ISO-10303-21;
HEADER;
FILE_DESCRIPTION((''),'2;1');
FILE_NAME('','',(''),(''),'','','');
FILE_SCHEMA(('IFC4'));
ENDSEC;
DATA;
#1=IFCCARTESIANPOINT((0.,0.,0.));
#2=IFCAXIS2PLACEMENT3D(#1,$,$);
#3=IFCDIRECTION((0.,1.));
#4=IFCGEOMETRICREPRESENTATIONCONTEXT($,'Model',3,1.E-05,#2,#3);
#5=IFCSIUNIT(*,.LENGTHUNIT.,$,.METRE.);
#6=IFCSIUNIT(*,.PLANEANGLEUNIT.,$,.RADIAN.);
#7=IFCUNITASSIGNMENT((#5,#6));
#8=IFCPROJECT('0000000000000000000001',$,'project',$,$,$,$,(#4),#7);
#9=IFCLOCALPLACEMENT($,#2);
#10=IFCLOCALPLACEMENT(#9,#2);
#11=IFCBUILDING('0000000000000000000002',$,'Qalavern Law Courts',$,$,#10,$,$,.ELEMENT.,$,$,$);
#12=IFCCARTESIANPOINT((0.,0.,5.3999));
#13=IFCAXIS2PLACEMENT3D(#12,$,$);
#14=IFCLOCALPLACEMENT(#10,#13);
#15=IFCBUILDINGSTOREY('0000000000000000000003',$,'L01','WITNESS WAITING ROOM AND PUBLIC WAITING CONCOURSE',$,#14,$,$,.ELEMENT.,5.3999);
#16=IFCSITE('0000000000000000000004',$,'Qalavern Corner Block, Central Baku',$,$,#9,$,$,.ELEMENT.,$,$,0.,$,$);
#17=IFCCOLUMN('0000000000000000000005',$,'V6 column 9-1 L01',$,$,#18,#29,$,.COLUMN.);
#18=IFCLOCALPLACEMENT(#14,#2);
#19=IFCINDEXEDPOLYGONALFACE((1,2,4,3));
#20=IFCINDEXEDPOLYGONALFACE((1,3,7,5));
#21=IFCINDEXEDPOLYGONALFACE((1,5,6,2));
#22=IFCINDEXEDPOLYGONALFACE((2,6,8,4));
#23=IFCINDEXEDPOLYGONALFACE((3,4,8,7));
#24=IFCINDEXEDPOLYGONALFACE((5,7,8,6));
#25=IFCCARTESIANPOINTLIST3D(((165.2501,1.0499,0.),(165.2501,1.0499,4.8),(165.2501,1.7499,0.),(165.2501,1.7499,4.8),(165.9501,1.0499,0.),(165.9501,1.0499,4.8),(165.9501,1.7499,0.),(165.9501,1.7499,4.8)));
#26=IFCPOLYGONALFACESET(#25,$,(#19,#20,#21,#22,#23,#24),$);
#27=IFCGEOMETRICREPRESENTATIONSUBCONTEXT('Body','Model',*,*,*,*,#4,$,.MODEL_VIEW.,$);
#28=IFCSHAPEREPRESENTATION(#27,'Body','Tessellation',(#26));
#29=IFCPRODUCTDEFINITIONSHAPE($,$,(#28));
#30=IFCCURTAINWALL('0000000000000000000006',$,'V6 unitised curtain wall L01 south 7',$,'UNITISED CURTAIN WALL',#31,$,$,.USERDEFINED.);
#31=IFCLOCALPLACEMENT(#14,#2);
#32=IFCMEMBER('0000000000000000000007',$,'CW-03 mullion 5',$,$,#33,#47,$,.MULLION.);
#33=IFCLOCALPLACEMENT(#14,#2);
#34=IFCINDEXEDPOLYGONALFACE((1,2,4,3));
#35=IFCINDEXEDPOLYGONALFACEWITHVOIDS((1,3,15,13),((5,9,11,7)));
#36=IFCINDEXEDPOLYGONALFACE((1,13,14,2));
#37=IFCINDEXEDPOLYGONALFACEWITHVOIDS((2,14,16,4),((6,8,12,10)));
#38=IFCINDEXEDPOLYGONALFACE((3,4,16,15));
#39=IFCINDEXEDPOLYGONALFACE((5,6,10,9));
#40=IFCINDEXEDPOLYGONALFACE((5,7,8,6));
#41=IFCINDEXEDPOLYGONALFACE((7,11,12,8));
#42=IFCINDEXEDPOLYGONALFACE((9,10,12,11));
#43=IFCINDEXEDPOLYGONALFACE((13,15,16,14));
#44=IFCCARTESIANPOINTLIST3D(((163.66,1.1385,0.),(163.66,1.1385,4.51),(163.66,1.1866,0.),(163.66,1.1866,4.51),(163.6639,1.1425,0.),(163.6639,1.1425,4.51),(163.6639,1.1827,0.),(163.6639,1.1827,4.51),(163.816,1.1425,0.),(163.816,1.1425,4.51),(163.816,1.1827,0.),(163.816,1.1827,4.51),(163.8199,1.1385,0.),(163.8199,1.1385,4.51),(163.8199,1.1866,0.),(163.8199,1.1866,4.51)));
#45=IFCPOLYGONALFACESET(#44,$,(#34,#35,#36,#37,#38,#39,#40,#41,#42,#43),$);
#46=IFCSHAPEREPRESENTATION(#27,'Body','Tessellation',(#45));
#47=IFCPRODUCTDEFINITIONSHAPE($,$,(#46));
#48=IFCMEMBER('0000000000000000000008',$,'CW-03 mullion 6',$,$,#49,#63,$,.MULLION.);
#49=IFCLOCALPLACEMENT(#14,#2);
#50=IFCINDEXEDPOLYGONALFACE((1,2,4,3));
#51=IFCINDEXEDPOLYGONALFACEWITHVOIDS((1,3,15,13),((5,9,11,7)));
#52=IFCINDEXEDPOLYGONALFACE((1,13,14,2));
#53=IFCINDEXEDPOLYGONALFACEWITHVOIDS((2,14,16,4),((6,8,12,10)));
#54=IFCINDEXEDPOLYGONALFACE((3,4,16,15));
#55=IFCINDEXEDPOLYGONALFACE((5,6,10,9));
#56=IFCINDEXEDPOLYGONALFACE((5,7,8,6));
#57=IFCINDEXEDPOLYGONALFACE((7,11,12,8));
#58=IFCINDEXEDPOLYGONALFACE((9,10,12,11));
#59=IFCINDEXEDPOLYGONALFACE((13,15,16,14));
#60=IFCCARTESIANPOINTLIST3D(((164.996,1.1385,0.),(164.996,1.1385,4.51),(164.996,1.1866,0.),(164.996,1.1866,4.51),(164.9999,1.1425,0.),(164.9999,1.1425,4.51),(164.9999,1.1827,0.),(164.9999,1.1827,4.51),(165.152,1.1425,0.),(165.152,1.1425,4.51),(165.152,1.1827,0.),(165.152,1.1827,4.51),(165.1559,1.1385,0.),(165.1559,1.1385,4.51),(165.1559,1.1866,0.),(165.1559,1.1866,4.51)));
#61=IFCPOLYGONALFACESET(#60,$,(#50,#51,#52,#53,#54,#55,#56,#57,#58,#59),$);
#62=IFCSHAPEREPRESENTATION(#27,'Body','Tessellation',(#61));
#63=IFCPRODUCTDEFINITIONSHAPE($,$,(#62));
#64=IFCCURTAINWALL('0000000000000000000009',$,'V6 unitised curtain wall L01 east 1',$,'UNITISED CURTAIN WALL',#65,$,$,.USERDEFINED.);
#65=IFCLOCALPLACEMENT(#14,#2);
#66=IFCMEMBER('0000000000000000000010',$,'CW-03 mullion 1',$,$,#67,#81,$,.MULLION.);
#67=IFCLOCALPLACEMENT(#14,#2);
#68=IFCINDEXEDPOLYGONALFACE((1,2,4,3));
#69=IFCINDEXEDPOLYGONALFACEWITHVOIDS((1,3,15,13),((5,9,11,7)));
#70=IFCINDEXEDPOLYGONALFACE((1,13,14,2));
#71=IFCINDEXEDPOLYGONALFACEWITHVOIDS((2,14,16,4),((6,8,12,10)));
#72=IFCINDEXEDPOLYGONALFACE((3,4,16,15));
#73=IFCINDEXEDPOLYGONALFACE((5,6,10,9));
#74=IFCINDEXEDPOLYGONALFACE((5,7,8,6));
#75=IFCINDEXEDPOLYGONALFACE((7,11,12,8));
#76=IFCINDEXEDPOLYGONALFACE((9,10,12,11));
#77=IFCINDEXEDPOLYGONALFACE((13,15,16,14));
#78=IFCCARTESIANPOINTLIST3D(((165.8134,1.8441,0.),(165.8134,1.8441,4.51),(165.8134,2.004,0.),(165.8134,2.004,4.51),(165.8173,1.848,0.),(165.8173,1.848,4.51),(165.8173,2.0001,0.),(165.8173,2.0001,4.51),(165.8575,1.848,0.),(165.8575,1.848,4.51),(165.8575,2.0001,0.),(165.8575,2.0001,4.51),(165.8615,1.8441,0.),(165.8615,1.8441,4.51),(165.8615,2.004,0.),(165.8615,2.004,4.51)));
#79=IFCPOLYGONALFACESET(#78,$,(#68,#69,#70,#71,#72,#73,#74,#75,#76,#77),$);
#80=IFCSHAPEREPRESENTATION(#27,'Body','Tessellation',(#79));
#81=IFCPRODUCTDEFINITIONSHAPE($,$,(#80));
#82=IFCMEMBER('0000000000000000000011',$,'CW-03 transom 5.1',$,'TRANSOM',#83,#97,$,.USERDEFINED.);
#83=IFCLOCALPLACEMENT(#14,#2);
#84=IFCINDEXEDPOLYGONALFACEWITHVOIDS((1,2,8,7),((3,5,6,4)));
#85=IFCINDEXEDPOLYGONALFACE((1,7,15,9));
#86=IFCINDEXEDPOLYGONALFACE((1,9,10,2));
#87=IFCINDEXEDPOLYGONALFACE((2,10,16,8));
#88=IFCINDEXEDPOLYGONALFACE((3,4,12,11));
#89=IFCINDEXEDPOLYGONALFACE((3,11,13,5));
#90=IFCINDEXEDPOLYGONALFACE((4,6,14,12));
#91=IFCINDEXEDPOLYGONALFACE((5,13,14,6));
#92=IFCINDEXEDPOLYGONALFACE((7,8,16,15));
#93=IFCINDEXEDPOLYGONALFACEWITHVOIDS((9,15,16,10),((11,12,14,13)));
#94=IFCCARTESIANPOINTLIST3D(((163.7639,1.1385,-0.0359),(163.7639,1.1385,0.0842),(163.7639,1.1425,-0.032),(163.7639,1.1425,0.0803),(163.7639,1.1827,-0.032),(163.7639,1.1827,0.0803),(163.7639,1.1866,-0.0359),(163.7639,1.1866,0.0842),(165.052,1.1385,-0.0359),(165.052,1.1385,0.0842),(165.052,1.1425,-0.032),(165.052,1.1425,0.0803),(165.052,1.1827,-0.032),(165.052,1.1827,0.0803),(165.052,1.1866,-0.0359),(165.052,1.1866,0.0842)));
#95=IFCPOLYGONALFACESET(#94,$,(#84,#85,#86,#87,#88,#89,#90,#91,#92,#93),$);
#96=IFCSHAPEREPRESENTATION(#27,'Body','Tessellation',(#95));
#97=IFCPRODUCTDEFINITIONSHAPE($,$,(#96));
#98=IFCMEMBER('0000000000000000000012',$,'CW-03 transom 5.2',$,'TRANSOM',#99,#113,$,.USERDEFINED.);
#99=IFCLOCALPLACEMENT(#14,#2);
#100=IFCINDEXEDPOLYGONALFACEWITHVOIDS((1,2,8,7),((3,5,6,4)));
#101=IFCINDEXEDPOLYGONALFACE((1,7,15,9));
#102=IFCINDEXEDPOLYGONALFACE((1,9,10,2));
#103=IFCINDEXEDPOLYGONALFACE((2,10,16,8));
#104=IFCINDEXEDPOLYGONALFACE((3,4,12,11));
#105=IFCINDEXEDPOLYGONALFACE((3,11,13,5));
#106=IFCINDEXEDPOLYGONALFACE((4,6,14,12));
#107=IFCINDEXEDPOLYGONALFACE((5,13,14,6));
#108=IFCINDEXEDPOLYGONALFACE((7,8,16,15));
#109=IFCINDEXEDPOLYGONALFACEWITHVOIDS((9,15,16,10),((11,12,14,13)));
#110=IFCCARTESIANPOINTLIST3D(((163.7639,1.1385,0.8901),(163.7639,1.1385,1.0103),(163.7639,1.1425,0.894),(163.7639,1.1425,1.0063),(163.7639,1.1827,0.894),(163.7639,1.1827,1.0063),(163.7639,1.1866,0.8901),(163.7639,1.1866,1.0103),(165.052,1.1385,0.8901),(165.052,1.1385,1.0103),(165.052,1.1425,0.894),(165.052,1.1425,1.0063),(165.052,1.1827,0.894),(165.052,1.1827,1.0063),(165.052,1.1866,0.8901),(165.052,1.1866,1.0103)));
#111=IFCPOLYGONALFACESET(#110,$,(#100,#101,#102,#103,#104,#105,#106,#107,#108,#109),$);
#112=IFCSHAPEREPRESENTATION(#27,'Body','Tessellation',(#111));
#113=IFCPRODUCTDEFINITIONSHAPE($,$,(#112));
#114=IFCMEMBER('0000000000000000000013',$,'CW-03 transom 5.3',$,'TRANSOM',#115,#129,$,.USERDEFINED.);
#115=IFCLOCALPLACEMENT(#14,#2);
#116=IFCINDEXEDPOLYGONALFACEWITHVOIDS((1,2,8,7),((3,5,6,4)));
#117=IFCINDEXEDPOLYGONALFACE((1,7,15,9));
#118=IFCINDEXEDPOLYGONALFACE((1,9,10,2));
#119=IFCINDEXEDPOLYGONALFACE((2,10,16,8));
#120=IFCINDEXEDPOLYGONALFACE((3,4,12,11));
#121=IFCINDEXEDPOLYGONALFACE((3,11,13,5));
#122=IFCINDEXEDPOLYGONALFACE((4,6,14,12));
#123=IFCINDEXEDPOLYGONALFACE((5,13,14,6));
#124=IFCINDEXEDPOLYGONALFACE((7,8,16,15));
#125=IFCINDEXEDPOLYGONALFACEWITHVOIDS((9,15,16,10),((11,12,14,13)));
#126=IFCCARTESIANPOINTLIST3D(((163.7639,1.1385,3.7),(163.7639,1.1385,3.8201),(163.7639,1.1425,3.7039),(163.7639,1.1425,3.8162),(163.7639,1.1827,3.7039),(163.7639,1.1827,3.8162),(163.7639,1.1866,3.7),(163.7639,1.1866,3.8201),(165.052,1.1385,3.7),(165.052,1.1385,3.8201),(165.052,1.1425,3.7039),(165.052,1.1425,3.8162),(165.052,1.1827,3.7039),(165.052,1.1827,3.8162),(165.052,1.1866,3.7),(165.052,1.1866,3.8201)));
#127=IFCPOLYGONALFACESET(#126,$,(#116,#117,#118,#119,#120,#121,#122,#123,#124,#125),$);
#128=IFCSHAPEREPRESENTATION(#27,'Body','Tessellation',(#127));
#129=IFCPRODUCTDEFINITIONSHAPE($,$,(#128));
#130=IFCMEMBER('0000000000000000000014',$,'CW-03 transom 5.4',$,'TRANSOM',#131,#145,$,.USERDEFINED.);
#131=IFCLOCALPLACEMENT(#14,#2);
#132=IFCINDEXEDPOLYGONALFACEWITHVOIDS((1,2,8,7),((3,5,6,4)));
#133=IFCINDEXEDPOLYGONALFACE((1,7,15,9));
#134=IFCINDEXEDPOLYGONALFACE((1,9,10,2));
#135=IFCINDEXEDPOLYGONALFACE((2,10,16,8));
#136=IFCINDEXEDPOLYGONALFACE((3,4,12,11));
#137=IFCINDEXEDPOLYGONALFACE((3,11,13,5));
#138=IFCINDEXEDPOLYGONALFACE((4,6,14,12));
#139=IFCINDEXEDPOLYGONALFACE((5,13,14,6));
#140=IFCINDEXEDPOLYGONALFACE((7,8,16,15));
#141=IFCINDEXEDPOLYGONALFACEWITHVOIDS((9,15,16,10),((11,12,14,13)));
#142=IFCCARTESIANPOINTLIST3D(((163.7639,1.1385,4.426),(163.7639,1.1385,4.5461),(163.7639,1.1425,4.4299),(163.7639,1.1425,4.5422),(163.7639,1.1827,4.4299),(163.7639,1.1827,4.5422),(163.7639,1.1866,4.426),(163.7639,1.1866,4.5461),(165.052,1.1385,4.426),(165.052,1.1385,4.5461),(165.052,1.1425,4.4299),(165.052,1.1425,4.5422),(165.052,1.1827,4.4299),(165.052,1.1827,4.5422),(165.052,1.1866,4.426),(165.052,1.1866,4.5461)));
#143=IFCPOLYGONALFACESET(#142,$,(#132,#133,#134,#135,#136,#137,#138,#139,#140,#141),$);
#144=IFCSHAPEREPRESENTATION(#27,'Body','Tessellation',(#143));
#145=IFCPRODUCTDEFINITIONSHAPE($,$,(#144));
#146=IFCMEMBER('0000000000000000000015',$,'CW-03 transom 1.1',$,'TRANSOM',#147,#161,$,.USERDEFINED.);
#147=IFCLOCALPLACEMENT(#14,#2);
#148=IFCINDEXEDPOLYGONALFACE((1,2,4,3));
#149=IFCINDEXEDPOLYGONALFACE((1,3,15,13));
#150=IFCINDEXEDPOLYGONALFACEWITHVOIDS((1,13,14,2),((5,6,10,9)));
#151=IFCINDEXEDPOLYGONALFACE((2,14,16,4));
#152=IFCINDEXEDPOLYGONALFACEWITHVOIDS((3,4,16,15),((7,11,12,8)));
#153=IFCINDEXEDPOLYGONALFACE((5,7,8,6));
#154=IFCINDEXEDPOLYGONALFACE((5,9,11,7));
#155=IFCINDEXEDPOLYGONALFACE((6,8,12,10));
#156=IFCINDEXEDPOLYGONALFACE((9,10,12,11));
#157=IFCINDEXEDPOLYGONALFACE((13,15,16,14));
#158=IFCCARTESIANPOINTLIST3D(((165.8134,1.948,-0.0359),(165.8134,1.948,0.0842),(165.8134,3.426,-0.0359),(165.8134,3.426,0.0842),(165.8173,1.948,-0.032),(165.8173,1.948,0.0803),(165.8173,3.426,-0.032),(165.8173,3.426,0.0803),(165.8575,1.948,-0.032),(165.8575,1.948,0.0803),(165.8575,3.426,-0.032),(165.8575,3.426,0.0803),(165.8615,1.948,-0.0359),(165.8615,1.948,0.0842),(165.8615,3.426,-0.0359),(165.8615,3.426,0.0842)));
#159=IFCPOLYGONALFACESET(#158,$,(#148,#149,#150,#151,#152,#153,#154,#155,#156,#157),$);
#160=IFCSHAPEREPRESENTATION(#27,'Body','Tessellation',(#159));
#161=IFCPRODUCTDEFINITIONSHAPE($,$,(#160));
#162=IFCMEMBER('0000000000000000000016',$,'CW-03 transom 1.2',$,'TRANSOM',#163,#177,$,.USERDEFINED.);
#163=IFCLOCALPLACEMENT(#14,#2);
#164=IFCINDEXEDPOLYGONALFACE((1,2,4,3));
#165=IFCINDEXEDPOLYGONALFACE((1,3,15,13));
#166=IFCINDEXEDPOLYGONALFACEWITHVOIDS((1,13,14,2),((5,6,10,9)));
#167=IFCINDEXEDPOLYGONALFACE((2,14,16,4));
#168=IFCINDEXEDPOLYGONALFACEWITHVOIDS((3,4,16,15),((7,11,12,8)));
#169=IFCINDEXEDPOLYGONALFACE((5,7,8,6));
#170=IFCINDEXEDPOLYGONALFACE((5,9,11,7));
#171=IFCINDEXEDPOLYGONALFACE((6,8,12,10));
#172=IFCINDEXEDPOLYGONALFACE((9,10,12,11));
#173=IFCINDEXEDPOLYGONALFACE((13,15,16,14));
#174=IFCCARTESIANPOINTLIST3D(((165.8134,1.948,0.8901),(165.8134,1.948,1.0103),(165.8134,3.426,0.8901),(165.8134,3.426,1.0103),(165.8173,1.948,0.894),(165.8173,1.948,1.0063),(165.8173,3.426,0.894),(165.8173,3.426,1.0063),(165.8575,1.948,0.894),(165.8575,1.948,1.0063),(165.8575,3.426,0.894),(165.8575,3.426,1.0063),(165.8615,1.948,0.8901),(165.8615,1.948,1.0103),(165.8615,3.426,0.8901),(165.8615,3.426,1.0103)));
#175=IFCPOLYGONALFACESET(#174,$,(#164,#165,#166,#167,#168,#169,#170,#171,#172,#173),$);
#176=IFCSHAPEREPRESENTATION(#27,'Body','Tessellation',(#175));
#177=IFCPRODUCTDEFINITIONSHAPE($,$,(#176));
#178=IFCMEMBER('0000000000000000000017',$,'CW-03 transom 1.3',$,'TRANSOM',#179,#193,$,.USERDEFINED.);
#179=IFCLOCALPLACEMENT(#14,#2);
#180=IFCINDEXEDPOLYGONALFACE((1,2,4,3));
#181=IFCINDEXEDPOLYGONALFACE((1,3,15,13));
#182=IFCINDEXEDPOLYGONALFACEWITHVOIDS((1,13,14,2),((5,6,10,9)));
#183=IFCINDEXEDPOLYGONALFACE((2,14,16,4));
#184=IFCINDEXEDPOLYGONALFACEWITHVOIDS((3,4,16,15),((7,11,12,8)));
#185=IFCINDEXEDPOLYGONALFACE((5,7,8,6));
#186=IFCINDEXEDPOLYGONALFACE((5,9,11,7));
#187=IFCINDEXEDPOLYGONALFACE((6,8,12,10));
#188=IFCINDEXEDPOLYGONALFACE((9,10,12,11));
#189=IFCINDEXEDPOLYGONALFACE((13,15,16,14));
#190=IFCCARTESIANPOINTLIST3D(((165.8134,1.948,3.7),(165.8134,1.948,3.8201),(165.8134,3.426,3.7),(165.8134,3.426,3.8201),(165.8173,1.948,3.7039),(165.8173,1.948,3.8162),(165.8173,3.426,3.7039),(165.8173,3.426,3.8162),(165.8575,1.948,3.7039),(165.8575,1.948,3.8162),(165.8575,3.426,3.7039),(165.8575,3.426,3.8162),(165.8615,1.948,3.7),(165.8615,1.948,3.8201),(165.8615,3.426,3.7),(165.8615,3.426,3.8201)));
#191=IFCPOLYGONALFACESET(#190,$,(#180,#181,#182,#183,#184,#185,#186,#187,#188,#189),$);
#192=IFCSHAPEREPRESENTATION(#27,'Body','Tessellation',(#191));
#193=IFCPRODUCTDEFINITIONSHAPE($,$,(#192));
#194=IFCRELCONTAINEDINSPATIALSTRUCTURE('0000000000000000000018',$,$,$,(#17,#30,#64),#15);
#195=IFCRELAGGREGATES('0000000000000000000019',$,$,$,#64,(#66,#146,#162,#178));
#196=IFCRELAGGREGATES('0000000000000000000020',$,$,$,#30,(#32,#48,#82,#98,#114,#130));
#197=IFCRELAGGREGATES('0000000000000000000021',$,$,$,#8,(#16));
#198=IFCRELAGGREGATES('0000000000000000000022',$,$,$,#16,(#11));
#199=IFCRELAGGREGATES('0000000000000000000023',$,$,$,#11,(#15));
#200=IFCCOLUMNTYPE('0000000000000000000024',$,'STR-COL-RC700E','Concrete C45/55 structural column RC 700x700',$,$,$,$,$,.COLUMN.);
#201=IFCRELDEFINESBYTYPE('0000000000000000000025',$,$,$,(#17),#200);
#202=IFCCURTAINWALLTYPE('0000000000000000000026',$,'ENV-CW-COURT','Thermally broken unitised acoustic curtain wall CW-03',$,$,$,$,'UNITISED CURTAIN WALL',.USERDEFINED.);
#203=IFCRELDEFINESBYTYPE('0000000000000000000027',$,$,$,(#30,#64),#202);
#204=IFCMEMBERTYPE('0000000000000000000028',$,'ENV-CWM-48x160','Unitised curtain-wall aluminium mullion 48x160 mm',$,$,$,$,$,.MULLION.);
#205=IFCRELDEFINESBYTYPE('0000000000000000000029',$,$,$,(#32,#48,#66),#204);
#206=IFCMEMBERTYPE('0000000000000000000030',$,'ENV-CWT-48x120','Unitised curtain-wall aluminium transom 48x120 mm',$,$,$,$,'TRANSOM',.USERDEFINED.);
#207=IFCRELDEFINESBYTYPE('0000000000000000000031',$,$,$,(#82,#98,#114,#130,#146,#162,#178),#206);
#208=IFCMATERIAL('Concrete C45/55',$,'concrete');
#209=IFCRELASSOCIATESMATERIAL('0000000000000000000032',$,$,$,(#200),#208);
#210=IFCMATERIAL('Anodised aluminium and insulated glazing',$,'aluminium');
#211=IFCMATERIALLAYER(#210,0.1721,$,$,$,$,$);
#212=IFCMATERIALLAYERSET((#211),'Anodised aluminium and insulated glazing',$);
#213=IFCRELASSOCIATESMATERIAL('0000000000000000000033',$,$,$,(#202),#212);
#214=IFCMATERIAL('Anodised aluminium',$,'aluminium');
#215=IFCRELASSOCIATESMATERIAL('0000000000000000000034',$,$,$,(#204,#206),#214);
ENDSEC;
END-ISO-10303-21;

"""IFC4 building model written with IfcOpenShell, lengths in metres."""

from ifc_helpers import new_model, si_unit, direction, frame, origin, origin_2d, place, context, subcontext, project, spatial, rectangle, hollow_rectangle, extrude, material, layer, layer_set, material_profile, profile_set, type_object, element, aggregate, save


model = new_model("IFC4")

# Units and contexts
model_context = context("Model", 3, precision=1e-05, world=origin(), true_north=direction((0.0, 1.0)))
body_context = subcontext(model_context, "Body", "Model", "MODEL_VIEW")
ifc_project = project(units=[si_unit("LENGTHUNIT", "METRE"), si_unit("PLANEANGLEUNIT", "RADIAN")], contexts=[model_context])

# Site, building, storey
site_placement = place(None, origin())
site = spatial("IfcSite", under=ifc_project, at=site_placement, Name="Qalavern Corner Block, Central Baku", CompositionType="ELEMENT", RefElevation=0.0)
building_placement = place(site_placement, origin())
building = spatial("IfcBuilding", under=site, at=building_placement, Name="Qalavern Law Courts", CompositionType="ELEMENT")
storey_placement = place(building_placement, frame((0.0, 0.0, 5.3999)))
storey = spatial("IfcBuildingStorey", under=building, at=storey_placement, Name="L01", Description="WITNESS WAITING ROOM AND PUBLIC WAITING CONCOURSE", CompositionType="ELEMENT", Elevation=5.3999)

# Column
ifc_material_1 = material(Name="Concrete C45/55", Category="concrete")
ifc_material_profile_1 = material_profile(ifc_material_1, rectangle(XDim=0.7, YDim=0.7, at=origin_2d()), Name="RC 700x700")
ifc_profile_set_1 = profile_set([ifc_material_profile_1], Name="Concrete C45/55")
column_type = type_object("IfcColumnType", Name="STR-COL-RC700E", Description="Concrete C45/55 structural column RC 700x700", PredefinedType="COLUMN", material=ifc_profile_set_1)
column_placement = place(storey_placement, frame((165.6001, 1.3999, 0.0), z_axis=(0.0, 0.0, 1.0), x_axis=(1.0, 0.0, 0.0)))
element("IfcColumn", 1, at=column_placement, inside=storey, type_object=column_type, Name="V6 column 9-1 L01", PredefinedType="COLUMN", context=body_context, shape_type="SweptSolid", body=[
    extrude(rectangle(XDim=0.7, YDim=0.7, at=origin_2d()), origin(), (0.0, 0.0, 1.0), 4.8),
])

# Curtain wall, members
ifc_material_2 = material(Name="Anodised aluminium and insulated glazing", Category="aluminium")
ifc_layer_1 = layer(ifc_material_2, 0.1721)
ifc_layer_set_1 = layer_set([ifc_layer_1], Name="Anodised aluminium and insulated glazing")
curtain_wall_type = type_object("IfcCurtainWallType", Name="ENV-CW-COURT", Description="Thermally broken unitised acoustic curtain wall CW-03", ElementType="UNITISED CURTAIN WALL", PredefinedType="USERDEFINED", material=ifc_layer_set_1)
curtain_wall_1_placement = place(storey_placement, origin())
curtain_wall_1 = element("IfcCurtainWall", 2, at=curtain_wall_1_placement, inside=storey, type_object=curtain_wall_type, Name="V6 unitised curtain wall L01 south 7", ObjectType="UNITISED CURTAIN WALL", PredefinedType="USERDEFINED")
ifc_material_3 = material(Name="Anodised aluminium", Category="aluminium")
ifc_material_profile_2 = material_profile(ifc_material_3, hollow_rectangle(XDim=0.0481, YDim=0.1599, WallThickness=0.0039, at=origin_2d()), Name="ALU MULLION 48x160")
ifc_profile_set_2 = profile_set([ifc_material_profile_2], Name="Anodised aluminium")
member_type_1 = type_object("IfcMemberType", Name="ENV-CWM-48x160", Description="Unitised curtain-wall aluminium mullion 48x160 mm", PredefinedType="MULLION", material=ifc_profile_set_2)
member_1_placement = place(storey_placement, frame((163.74, 1.1626, 0.0), z_axis=(0.0, 0.0, 1.0), x_axis=(0.0, 1.0, 0.0)))
member_1 = element("IfcMember", 3, at=member_1_placement, type_object=member_type_1, Name="CW-03 mullion 5", PredefinedType="MULLION", context=body_context, shape_type="SweptSolid", body=[
    extrude(hollow_rectangle(XDim=0.0481, YDim=0.1599, WallThickness=0.0039, at=origin_2d()), origin(), (0.0, 0.0, 1.0), 4.51),
])
member_2_placement = place(storey_placement, frame((165.0759, 1.1626, 0.0), z_axis=(0.0, 0.0, 1.0), x_axis=(0.0, 1.0, 0.0)))
member_2 = element("IfcMember", 4, at=member_2_placement, type_object=member_type_1, Name="CW-03 mullion 6", PredefinedType="MULLION", context=body_context, shape_type="SweptSolid", body=[
    extrude(hollow_rectangle(XDim=0.0481, YDim=0.1599, WallThickness=0.0039, at=origin_2d()), origin(), (0.0, 0.0, 1.0), 4.51),
])

# Curtain wall, member
curtain_wall_2_placement = place(storey_placement, origin())
curtain_wall_2 = element("IfcCurtainWall", 5, at=curtain_wall_2_placement, inside=storey, type_object=curtain_wall_type, Name="V6 unitised curtain wall L01 east 1", ObjectType="UNITISED CURTAIN WALL", PredefinedType="USERDEFINED")
member_3_placement = place(storey_placement, frame((165.8374, 1.9241, 0.0), z_axis=(0.0, 0.0, 1.0), x_axis=(-1.0, 0.0, 0.0)))
member_3 = element("IfcMember", 6, at=member_3_placement, type_object=member_type_1, Name="CW-03 mullion 1", PredefinedType="MULLION", context=body_context, shape_type="SweptSolid", body=[
    extrude(hollow_rectangle(XDim=0.0481, YDim=0.1599, WallThickness=0.0039, at=origin_2d()), origin(), (0.0, 0.0, 1.0), 4.51),
])

# Members
ifc_material_profile_3 = material_profile(ifc_material_3, hollow_rectangle(XDim=0.0481, YDim=0.1201, WallThickness=0.0039, at=origin_2d()), Name="ALU TRANSOM 48x120")
ifc_profile_set_3 = profile_set([ifc_material_profile_3], Name="Anodised aluminium")
member_type_2 = type_object("IfcMemberType", Name="ENV-CWT-48x120", Description="Unitised curtain-wall aluminium transom 48x120 mm", ElementType="TRANSOM", PredefinedType="USERDEFINED", material=ifc_profile_set_3)
member_4_placement = place(storey_placement, frame((163.7639, 1.1626, 0.0242), z_axis=(1.0, 0.0, 0.0), x_axis=(0.0, 1.0, 0.0)))
member_4 = element("IfcMember", 7, at=member_4_placement, type_object=member_type_2, Name="CW-03 transom 5.1", ObjectType="TRANSOM", PredefinedType="USERDEFINED", context=body_context, shape_type="SweptSolid", body=[
    extrude(hollow_rectangle(XDim=0.0481, YDim=0.1201, WallThickness=0.0039, at=origin_2d()), origin(), (0.0, 0.0, 1.0), 1.2881),
])
member_5_placement = place(storey_placement, frame((163.7639, 1.1626, 0.9502), z_axis=(1.0, 0.0, 0.0), x_axis=(0.0, 1.0, 0.0)))
member_5 = element("IfcMember", 8, at=member_5_placement, type_object=member_type_2, Name="CW-03 transom 5.2", ObjectType="TRANSOM", PredefinedType="USERDEFINED", context=body_context, shape_type="SweptSolid", body=[
    extrude(hollow_rectangle(XDim=0.0481, YDim=0.1201, WallThickness=0.0039, at=origin_2d()), origin(), (0.0, 0.0, 1.0), 1.2881),
])
member_6_placement = place(storey_placement, frame((163.7639, 1.1626, 3.76), z_axis=(1.0, 0.0, 0.0), x_axis=(0.0, 1.0, 0.0)))
member_6 = element("IfcMember", 9, at=member_6_placement, type_object=member_type_2, Name="CW-03 transom 5.3", ObjectType="TRANSOM", PredefinedType="USERDEFINED", context=body_context, shape_type="SweptSolid", body=[
    extrude(hollow_rectangle(XDim=0.0481, YDim=0.1201, WallThickness=0.0039, at=origin_2d()), origin(), (0.0, 0.0, 1.0), 1.2881),
])
member_7_placement = place(storey_placement, frame((163.7639, 1.1626, 4.4861), z_axis=(1.0, 0.0, 0.0), x_axis=(0.0, 1.0, 0.0)))
member_7 = element("IfcMember", 10, at=member_7_placement, type_object=member_type_2, Name="CW-03 transom 5.4", ObjectType="TRANSOM", PredefinedType="USERDEFINED", context=body_context, shape_type="SweptSolid", body=[
    extrude(hollow_rectangle(XDim=0.0481, YDim=0.1201, WallThickness=0.0039, at=origin_2d()), origin(), (0.0, 0.0, 1.0), 1.2881),
])
member_8_placement = place(storey_placement, frame((165.8374, 1.948, 0.0242), z_axis=(0.0, 1.0, 0.0), x_axis=(-1.0, 0.0, 0.0)))
member_8 = element("IfcMember", 11, at=member_8_placement, type_object=member_type_2, Name="CW-03 transom 1.1", ObjectType="TRANSOM", PredefinedType="USERDEFINED", context=body_context, shape_type="SweptSolid", body=[
    extrude(hollow_rectangle(XDim=0.0481, YDim=0.1201, WallThickness=0.0039, at=origin_2d()), origin(), (0.0, 0.0, 1.0), 1.478),
])
member_9_placement = place(storey_placement, frame((165.8374, 1.948, 0.9502), z_axis=(0.0, 1.0, 0.0), x_axis=(-1.0, 0.0, 0.0)))
member_9 = element("IfcMember", 12, at=member_9_placement, type_object=member_type_2, Name="CW-03 transom 1.2", ObjectType="TRANSOM", PredefinedType="USERDEFINED", context=body_context, shape_type="SweptSolid", body=[
    extrude(hollow_rectangle(XDim=0.0481, YDim=0.1201, WallThickness=0.0039, at=origin_2d()), origin(), (0.0, 0.0, 1.0), 1.478),
])
member_10_placement = place(storey_placement, frame((165.8374, 1.948, 3.76), z_axis=(0.0, 1.0, 0.0), x_axis=(-1.0, 0.0, 0.0)))
member_10 = element("IfcMember", 13, at=member_10_placement, type_object=member_type_2, Name="CW-03 transom 1.3", ObjectType="TRANSOM", PredefinedType="USERDEFINED", context=body_context, shape_type="SweptSolid", body=[
    extrude(hollow_rectangle(XDim=0.0481, YDim=0.1201, WallThickness=0.0039, at=origin_2d()), origin(), (0.0, 0.0, 1.0), 1.478),
])
aggregate(curtain_wall_2, [member_3, member_8, member_9, member_10])

aggregate(curtain_wall_1, [member_1, member_2, member_4, member_5, member_6, member_7])

save(model, "model.ifc")
